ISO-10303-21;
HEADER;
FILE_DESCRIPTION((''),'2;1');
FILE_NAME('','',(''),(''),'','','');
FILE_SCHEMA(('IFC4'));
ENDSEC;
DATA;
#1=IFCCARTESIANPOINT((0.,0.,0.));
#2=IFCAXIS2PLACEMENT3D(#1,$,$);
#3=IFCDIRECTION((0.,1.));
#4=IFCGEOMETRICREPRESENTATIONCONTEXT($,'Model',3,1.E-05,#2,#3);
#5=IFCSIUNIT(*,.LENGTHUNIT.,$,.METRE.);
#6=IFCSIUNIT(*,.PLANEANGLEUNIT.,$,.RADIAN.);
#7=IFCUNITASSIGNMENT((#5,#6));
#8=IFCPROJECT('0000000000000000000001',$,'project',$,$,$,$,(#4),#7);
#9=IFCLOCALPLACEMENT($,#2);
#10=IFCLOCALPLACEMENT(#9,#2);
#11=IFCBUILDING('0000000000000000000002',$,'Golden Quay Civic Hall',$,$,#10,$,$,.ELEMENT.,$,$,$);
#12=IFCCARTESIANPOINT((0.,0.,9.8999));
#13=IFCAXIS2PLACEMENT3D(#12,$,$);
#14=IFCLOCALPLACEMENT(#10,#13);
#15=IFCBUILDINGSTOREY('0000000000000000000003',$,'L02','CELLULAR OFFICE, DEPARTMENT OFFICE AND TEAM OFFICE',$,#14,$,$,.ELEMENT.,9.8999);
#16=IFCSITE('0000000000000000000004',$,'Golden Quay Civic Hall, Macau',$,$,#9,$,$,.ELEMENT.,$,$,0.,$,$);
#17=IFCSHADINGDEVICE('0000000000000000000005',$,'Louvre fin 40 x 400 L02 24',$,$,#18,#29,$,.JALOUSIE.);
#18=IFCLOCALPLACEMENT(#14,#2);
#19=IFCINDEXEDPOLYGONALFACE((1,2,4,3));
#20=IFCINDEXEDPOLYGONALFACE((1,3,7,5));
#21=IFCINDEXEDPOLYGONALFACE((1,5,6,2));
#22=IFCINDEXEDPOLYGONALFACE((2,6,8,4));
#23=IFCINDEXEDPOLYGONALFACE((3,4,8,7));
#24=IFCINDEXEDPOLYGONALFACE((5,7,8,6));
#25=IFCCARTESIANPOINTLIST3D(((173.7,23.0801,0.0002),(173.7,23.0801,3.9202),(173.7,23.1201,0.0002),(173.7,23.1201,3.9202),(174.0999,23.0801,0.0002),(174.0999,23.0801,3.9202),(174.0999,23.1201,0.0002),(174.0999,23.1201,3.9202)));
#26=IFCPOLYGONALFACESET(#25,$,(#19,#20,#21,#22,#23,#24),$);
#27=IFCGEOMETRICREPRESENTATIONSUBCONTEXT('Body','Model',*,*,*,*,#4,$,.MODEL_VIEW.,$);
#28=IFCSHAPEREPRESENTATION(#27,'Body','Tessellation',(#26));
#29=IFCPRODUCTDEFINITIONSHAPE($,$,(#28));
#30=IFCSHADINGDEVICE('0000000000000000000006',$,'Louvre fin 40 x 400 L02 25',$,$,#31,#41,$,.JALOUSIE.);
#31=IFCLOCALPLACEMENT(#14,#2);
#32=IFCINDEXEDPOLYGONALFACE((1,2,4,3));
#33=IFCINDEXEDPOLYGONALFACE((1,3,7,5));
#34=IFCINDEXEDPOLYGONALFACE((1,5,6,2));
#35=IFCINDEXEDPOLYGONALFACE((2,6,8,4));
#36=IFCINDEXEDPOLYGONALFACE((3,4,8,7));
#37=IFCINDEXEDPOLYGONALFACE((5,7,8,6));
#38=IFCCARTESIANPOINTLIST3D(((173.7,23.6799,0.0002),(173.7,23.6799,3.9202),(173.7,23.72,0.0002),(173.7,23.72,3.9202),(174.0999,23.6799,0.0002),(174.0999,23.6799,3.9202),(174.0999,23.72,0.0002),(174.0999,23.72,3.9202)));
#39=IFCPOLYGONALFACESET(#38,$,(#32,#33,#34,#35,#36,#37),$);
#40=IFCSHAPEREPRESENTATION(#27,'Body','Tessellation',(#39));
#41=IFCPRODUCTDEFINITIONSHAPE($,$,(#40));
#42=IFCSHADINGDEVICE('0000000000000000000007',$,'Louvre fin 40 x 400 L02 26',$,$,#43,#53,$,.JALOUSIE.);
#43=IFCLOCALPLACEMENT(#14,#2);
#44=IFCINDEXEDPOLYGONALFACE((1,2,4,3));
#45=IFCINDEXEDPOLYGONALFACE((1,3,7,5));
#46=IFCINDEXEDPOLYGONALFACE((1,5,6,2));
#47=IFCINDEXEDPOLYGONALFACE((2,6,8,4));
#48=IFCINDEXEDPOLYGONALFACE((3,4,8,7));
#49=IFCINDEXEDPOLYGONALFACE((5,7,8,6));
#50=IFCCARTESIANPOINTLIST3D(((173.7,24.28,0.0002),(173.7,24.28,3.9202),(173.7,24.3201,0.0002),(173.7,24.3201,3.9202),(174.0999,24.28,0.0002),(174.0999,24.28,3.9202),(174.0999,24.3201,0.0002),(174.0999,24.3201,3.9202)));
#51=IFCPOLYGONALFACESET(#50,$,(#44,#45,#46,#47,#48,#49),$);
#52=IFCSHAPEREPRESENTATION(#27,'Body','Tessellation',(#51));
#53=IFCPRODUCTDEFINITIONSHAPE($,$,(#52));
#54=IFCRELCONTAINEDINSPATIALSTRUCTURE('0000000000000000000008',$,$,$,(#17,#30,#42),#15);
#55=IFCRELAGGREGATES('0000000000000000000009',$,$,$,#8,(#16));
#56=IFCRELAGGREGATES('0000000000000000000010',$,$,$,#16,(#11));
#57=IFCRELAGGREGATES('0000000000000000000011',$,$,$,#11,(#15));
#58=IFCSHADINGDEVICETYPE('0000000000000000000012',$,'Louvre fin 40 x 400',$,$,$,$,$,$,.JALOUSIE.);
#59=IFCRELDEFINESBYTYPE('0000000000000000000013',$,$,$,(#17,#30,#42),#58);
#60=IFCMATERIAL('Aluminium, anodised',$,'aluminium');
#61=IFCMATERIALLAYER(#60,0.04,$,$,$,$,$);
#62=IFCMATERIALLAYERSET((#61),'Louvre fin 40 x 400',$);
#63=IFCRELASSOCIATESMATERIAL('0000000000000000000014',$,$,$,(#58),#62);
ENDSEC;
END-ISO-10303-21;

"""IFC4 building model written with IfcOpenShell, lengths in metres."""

from ifc_helpers import new_model, si_unit, direction, frame, origin, origin_2d, place, context, subcontext, project, spatial, rectangle, extrude, material, layer, layer_set, type_object, element, save


model = new_model("IFC4")

# Units and contexts
model_context = context("Model", 3, precision=1e-05, world=origin(), true_north=direction((0.0, 1.0)))
body_context = subcontext(model_context, "Body", "Model", "MODEL_VIEW")
ifc_project = project(units=[si_unit("LENGTHUNIT", "METRE"), si_unit("PLANEANGLEUNIT", "RADIAN")], contexts=[model_context])

# Site, building, storey
site_placement = place(None, origin())
site = spatial("IfcSite", under=ifc_project, at=site_placement, Name="Golden Quay Civic Hall, Macau", CompositionType="ELEMENT", RefElevation=0.0)
building_placement = place(site_placement, origin())
building = spatial("IfcBuilding", under=site, at=building_placement, Name="Golden Quay Civic Hall", CompositionType="ELEMENT")
storey_placement = place(building_placement, frame((0.0, 0.0, 9.8999)))
storey = spatial("IfcBuildingStorey", under=building, at=storey_placement, Name="L02", Description="CELLULAR OFFICE, DEPARTMENT OFFICE AND TEAM OFFICE", CompositionType="ELEMENT", Elevation=9.8999)

# Shading devices
ifc_material_1 = material(Name="Aluminium, anodised", Category="aluminium")
ifc_layer_1 = layer(ifc_material_1, 0.04)
ifc_layer_set_1 = layer_set([ifc_layer_1], Name="Louvre fin 40 x 400")
shading_device_type = type_object("IfcShadingDeviceType", Name="Louvre fin 40 x 400", PredefinedType="JALOUSIE", material=ifc_layer_set_1)
for number, where, z_axis, x_axis, name in (
    (1, (173.8999, 23.1001, 0.0002), (0.0, 0.0, 1.0), (0.0, 1.0, 0.0), "Louvre fin 40 x 400 L02 24"),
    (2, (173.8999, 23.7, 0.0002), (0.0, 0.0, 1.0), (0.0, 1.0, 0.0), "Louvre fin 40 x 400 L02 25"),
    (3, (173.8999, 24.3, 0.0002), (0.0, 0.0, 1.0), (0.0, 1.0, 0.0), "Louvre fin 40 x 400 L02 26"),
):
    element("IfcShadingDevice", number, at=place(storey_placement, frame(where, z_axis=z_axis, x_axis=x_axis)), inside=storey, type_object=shading_device_type, Name=name, PredefinedType="JALOUSIE", context=body_context, shape_type="SweptSolid", body=[
        extrude(rectangle(XDim=0.04, YDim=0.3999, at=origin_2d()), origin(), (0.0, 0.0, 1.0), 3.9199),
    ])

save(model, "model.ifc")
